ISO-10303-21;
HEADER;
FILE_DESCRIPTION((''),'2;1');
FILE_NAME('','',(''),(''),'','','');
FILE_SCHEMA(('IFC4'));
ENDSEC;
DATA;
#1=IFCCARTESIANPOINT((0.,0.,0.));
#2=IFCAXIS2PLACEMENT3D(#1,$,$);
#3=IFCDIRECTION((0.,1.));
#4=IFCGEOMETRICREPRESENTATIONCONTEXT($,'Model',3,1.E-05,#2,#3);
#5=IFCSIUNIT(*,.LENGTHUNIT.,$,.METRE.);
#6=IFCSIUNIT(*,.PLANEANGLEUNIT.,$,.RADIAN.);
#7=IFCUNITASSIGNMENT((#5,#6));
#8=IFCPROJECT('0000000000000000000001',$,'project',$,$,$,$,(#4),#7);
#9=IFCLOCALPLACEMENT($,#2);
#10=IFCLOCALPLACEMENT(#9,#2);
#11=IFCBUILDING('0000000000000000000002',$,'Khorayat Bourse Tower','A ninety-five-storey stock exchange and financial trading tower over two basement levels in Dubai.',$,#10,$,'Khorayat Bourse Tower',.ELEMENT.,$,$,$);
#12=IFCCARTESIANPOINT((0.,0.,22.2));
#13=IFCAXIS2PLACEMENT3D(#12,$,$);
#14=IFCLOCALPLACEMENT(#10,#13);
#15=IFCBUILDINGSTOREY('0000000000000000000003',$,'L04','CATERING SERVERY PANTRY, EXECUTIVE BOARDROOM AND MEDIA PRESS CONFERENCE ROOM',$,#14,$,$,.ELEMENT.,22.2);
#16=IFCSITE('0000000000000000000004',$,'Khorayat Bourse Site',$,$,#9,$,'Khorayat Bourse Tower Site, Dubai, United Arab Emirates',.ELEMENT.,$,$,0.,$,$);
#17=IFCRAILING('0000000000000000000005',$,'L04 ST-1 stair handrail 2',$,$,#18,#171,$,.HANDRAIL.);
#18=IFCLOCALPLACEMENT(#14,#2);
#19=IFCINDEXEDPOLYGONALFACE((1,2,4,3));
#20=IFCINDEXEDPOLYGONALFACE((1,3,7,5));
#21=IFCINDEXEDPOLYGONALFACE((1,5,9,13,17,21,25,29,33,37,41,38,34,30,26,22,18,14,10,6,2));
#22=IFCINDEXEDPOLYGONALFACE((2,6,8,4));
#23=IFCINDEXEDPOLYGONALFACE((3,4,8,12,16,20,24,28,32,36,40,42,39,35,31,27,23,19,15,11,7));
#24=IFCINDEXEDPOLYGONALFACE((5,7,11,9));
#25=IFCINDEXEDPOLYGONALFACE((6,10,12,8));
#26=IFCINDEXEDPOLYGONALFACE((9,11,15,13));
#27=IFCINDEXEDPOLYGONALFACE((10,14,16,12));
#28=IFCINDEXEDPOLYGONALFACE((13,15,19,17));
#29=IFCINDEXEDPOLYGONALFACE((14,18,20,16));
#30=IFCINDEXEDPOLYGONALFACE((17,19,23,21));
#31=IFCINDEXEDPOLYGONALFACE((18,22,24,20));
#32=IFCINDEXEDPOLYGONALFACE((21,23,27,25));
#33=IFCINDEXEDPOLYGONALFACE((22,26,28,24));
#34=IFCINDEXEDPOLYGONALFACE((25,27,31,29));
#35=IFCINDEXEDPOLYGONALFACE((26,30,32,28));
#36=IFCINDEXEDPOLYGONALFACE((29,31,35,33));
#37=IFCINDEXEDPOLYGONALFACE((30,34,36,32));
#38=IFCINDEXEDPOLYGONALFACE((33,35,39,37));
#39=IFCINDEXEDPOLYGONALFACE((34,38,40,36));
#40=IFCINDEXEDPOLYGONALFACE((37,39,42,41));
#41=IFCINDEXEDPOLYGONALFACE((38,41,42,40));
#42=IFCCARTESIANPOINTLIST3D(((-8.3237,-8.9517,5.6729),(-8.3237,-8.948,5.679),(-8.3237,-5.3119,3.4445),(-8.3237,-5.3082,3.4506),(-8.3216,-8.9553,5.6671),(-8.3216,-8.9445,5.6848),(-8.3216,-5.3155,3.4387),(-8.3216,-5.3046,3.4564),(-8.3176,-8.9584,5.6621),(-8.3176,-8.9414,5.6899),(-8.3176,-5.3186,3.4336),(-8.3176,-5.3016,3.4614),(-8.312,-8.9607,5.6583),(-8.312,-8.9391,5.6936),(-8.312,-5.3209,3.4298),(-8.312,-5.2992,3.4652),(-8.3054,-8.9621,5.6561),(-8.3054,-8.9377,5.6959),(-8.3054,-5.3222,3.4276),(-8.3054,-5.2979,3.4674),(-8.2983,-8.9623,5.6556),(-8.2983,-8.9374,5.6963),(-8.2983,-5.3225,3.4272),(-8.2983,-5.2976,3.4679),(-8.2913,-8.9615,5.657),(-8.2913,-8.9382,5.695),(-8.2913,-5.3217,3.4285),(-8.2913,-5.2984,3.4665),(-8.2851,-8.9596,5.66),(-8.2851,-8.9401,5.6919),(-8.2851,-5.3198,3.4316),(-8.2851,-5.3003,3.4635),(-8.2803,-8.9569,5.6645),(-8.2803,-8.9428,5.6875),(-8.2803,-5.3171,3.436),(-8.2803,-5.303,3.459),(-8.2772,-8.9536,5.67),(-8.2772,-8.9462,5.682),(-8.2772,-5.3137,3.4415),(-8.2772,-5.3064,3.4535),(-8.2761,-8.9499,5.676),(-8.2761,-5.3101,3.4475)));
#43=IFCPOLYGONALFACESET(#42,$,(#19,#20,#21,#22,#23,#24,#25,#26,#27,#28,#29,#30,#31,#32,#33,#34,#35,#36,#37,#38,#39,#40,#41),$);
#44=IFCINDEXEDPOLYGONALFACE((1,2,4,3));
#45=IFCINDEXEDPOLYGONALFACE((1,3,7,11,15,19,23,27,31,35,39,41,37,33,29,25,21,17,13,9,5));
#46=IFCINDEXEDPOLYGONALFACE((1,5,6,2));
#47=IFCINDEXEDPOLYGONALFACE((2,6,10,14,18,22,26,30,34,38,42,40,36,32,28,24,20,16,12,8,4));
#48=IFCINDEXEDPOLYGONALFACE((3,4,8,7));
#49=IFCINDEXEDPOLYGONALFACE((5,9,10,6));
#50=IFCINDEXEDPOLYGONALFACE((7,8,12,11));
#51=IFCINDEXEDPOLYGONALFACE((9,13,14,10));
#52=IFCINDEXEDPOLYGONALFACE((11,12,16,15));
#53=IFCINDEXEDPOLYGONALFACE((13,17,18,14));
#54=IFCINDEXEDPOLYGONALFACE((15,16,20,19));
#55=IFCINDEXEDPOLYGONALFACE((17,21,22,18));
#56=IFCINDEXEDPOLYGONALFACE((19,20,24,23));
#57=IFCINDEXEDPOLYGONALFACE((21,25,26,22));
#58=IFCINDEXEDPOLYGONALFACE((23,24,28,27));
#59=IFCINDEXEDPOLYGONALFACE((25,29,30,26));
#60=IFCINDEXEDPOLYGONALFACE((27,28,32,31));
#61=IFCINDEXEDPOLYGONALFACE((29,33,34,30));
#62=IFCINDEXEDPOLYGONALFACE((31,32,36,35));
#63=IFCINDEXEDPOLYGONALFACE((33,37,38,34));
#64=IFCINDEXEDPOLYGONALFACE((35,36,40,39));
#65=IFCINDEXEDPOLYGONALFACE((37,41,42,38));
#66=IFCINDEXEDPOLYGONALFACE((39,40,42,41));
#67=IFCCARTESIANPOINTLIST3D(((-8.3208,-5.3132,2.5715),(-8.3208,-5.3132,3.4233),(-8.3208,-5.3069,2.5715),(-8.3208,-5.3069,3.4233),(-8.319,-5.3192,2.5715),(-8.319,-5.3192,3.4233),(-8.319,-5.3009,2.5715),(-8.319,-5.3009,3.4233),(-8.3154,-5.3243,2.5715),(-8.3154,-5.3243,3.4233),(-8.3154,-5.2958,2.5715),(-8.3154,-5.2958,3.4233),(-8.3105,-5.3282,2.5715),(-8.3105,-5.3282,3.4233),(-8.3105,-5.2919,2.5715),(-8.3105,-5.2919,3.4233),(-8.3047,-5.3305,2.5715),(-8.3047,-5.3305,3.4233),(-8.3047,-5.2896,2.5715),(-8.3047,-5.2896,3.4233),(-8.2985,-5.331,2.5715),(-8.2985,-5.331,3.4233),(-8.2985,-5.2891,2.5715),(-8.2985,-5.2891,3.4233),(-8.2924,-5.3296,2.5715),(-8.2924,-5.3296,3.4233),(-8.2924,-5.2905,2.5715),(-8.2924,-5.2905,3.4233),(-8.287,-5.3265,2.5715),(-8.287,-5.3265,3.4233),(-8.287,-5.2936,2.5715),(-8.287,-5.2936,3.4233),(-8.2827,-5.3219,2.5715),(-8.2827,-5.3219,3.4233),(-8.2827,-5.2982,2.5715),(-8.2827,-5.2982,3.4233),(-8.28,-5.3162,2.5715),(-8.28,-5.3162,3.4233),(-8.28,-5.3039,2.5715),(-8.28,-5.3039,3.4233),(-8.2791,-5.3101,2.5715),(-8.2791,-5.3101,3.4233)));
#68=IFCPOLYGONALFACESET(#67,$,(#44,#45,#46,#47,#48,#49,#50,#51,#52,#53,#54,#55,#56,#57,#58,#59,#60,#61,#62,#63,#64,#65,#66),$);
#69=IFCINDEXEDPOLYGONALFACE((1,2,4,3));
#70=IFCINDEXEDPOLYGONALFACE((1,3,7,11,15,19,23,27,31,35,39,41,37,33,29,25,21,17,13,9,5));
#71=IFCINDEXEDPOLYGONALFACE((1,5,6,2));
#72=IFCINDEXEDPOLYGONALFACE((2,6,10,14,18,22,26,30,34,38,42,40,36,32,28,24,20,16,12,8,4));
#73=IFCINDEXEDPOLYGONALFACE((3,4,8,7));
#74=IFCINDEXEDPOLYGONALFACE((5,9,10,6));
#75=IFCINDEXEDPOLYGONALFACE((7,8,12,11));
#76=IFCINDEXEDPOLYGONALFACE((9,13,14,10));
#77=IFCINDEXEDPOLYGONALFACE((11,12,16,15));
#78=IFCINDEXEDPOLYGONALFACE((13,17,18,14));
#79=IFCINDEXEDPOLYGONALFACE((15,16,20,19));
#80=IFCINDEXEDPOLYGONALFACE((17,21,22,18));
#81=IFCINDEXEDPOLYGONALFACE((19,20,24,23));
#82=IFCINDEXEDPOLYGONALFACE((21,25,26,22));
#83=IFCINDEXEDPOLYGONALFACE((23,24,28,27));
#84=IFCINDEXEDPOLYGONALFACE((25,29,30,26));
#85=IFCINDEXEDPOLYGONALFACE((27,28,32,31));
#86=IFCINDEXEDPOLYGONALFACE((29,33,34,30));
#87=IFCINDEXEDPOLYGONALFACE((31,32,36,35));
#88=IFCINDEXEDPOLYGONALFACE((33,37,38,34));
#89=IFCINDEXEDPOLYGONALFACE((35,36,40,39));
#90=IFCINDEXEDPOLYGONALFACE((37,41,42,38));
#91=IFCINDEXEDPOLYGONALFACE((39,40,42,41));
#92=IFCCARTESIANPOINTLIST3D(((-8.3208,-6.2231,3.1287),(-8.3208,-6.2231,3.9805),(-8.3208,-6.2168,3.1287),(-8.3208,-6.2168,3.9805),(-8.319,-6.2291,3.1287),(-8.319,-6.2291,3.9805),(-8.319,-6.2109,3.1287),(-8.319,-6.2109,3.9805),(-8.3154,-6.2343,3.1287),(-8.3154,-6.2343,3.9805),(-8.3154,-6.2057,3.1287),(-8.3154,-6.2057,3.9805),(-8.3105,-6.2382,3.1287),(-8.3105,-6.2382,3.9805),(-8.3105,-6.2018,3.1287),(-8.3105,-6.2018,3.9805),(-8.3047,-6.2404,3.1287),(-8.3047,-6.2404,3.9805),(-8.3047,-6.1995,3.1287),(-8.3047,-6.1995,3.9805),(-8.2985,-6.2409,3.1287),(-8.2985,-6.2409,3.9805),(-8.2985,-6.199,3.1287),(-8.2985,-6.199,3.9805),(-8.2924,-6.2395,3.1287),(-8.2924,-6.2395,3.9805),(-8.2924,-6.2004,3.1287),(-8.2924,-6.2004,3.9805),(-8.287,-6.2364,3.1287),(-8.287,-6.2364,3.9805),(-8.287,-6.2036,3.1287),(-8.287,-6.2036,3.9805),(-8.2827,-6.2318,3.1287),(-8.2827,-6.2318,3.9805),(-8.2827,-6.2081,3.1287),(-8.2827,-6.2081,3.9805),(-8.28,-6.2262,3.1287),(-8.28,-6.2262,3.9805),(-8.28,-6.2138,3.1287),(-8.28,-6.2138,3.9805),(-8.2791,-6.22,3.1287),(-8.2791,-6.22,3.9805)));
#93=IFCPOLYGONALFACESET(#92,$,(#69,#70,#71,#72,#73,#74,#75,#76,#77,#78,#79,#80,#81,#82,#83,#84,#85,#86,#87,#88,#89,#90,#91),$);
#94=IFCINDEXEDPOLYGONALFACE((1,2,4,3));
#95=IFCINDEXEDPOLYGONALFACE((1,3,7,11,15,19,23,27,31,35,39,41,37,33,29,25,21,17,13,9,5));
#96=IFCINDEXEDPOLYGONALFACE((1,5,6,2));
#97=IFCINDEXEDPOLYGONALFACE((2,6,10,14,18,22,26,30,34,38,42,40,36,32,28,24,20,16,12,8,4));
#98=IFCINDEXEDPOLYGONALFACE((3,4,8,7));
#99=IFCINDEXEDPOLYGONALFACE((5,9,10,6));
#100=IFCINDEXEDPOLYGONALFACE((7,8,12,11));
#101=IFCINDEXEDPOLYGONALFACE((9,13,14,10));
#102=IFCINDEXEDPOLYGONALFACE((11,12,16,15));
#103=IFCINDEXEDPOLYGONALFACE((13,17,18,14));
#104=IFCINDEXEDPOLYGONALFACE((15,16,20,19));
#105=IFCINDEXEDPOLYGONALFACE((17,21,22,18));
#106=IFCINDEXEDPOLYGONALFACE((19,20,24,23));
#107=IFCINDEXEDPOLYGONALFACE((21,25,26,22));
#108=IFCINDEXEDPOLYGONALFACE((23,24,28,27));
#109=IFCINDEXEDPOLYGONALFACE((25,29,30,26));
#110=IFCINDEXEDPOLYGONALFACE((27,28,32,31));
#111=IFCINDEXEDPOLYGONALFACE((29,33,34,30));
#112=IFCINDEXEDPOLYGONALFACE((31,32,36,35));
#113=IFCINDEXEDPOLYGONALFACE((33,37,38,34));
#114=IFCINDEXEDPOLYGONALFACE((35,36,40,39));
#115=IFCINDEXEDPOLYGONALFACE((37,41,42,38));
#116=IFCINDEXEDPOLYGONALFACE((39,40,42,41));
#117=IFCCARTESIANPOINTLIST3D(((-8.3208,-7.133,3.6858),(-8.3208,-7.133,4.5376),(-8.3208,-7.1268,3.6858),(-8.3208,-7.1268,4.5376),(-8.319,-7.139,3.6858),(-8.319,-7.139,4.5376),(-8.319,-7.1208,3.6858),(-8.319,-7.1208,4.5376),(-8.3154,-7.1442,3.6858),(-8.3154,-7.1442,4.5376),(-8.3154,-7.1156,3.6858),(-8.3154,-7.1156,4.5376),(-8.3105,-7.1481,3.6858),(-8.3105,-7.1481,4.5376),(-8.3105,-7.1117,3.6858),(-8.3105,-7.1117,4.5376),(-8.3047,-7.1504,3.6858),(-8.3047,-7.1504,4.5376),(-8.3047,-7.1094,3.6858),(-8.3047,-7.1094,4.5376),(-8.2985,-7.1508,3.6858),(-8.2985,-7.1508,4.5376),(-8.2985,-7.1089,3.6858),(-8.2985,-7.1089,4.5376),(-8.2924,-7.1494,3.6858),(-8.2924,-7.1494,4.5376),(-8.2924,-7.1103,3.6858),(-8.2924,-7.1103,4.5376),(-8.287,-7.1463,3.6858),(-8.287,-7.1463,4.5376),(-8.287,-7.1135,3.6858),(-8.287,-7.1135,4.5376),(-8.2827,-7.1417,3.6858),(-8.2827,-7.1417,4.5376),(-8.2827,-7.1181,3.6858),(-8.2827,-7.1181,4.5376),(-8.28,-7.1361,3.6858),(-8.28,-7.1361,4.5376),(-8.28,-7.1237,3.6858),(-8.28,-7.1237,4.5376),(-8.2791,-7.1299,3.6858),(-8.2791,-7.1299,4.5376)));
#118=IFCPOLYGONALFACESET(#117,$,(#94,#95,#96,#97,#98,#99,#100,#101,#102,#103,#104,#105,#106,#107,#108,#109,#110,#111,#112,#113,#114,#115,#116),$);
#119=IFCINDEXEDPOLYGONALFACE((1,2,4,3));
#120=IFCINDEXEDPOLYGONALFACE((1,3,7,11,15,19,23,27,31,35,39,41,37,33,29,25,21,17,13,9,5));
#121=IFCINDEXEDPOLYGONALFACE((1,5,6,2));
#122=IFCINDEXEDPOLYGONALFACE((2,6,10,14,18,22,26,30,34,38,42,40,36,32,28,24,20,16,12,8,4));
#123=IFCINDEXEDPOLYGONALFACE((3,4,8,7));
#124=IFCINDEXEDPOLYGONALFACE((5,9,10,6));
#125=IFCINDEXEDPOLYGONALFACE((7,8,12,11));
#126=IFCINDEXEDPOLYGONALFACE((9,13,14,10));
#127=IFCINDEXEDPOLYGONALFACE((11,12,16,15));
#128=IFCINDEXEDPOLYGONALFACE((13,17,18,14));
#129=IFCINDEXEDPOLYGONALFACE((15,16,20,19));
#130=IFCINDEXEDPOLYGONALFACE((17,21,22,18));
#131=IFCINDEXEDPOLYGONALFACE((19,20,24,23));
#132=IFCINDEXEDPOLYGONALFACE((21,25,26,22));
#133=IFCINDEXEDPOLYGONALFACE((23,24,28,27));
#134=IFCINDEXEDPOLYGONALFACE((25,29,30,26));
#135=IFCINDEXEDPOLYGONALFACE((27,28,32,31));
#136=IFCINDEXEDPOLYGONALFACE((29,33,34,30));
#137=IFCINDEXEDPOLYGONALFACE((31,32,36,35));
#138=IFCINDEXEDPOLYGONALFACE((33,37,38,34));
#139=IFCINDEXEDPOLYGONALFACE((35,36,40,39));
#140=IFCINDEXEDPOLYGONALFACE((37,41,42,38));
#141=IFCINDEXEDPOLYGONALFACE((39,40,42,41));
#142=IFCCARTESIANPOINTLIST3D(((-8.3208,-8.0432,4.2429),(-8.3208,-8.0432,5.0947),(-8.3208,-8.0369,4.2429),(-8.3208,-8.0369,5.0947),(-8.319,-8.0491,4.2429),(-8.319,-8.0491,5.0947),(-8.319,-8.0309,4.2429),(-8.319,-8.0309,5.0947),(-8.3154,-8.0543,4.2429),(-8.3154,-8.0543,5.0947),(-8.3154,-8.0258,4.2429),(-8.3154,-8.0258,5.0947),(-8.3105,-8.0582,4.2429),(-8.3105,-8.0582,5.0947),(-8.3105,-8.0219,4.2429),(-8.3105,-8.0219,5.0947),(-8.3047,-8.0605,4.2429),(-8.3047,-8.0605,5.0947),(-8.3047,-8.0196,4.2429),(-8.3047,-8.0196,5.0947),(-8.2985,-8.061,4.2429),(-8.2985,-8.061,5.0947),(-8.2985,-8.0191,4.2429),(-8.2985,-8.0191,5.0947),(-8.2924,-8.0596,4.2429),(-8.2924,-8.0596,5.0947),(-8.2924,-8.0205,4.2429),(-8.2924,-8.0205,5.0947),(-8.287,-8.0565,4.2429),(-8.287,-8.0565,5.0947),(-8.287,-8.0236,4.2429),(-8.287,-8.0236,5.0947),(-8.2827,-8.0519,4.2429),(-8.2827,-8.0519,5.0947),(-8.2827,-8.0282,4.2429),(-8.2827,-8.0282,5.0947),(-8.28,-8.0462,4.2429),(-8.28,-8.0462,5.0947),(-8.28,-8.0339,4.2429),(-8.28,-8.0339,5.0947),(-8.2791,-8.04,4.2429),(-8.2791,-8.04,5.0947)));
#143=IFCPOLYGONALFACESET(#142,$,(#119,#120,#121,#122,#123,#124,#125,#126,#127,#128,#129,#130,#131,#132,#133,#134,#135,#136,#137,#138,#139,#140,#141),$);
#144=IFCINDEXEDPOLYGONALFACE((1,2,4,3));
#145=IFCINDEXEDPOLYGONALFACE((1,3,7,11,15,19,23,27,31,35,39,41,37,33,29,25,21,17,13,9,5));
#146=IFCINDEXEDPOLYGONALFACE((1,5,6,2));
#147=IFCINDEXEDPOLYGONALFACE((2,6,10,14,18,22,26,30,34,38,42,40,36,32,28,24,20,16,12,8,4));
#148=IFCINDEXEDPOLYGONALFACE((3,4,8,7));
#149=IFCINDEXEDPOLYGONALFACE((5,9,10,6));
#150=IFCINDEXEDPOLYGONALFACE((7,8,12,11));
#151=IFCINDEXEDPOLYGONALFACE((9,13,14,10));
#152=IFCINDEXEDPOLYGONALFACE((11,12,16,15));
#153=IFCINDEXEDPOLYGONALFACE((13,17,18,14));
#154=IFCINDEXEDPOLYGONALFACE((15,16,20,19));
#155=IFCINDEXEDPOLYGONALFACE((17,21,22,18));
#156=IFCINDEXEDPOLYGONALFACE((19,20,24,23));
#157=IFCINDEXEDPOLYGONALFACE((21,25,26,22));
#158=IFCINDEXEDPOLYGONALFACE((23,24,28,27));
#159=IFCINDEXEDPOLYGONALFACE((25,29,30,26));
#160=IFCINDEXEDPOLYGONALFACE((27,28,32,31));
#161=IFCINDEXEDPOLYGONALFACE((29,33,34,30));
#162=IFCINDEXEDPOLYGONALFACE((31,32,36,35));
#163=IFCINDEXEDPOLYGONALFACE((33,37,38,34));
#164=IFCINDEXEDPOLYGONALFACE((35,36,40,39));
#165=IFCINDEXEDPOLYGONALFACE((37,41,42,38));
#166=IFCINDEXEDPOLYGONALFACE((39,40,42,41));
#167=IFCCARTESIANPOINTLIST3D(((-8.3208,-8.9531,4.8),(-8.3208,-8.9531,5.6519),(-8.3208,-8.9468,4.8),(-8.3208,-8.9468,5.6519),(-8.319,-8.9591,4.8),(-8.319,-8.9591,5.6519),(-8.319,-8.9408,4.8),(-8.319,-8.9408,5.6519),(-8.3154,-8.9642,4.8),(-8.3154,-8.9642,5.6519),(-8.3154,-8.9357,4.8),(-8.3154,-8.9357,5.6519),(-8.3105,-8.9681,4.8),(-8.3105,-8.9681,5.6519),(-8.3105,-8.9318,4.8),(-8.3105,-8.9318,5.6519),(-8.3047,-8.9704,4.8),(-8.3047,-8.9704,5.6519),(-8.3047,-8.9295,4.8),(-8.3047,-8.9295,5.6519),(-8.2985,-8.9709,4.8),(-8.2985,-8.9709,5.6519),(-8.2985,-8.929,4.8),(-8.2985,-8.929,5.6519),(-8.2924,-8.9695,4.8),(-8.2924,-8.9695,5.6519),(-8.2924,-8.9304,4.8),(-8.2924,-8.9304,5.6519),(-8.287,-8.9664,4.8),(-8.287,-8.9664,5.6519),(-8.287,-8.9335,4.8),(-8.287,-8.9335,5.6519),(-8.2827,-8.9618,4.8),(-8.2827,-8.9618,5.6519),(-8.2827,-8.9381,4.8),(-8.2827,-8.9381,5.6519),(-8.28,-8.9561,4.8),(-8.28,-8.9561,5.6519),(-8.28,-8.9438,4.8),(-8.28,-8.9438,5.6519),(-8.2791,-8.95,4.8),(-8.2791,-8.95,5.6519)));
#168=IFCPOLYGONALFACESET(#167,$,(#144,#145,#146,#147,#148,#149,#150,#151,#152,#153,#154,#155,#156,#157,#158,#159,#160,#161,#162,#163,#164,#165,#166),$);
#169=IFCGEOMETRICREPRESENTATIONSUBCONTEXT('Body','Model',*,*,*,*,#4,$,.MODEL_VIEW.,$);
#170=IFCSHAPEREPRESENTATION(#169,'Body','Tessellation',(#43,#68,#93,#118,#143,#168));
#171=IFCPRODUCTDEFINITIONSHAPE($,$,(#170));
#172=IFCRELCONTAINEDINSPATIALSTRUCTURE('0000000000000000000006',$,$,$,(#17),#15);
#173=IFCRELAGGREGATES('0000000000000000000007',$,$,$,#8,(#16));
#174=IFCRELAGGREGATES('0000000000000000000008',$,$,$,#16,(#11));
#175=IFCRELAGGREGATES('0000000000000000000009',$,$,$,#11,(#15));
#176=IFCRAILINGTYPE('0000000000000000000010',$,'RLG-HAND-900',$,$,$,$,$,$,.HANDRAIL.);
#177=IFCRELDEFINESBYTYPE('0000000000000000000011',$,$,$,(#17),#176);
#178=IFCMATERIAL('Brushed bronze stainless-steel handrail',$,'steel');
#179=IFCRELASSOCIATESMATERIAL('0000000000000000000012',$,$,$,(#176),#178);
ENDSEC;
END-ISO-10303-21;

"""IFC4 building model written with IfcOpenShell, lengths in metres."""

from ifc_helpers import new_model, si_unit, direction, frame, origin, origin_2d, place, context, subcontext, project, spatial, circle, extrude, source, transform, mapped, material, type_object, element, save


model = new_model("IFC4")

# Units and contexts
model_context = context("Model", 3, precision=1e-05, world=origin(), true_north=direction((0.0, 1.0)))
body_context = subcontext(model_context, "Body", "Model", "MODEL_VIEW")
ifc_project = project(units=[si_unit("LENGTHUNIT", "METRE"), si_unit("PLANEANGLEUNIT", "RADIAN")], contexts=[model_context])

# Site, building, storey
site_placement = place(None, origin())
site = spatial("IfcSite", under=ifc_project, at=site_placement, Name="Khorayat Bourse Site", LongName="Khorayat Bourse Tower Site, Dubai, United Arab Emirates", CompositionType="ELEMENT", RefElevation=0.0)
building_placement = place(site_placement, origin())
building = spatial("IfcBuilding", under=site, at=building_placement, Name="Khorayat Bourse Tower", Description="A ninety-five-storey stock exchange and financial trading tower over two basement levels in Dubai.", LongName="Khorayat Bourse Tower", CompositionType="ELEMENT")
storey_placement = place(building_placement, frame((0.0, 0.0, 22.2)))
storey = spatial("IfcBuildingStorey", under=building, at=storey_placement, Name="L04", Description="CATERING SERVERY PANTRY, EXECUTIVE BOARDROOM AND MEDIA PRESS CONFERENCE ROOM", CompositionType="ELEMENT", Elevation=22.2)

# Railing
ifc_material_1 = material(Name="Brushed bronze stainless-steel handrail", Category="steel")
railing_type_1 = type_object("IfcRailingType", Name="RLG-HAND-900", PredefinedType="HANDRAIL", material=ifc_material_1)
shared_shape_1 = source(origin(), body_context, "Body", "SweptSolid", [
    extrude(circle(Radius=0.0239, at=origin_2d()), frame((0.0, 0.0, 0.876), z_axis=(0.0, -0.85285, 0.522156), x_axis=(1.0, 0.0, 0.0)), (0.0, 0.0, 1.0), 4.2678),
    extrude(circle(Radius=0.021, at=origin_2d()), origin(), (0.0, 0.0, 1.0), 0.8518),
    extrude(circle(Radius=0.021, at=origin_2d()), frame((0.0, -0.9099, 0.5571)), (0.0, 0.0, 1.0), 0.8518),
    extrude(circle(Radius=0.021, at=origin_2d()), frame((0.0, -1.8198, 1.1143)), (0.0, 0.0, 1.0), 0.8518),
    extrude(circle(Radius=0.021, at=origin_2d()), frame((0.0, -2.73, 1.6714)), (0.0, 0.0, 1.0), 0.8518),
    extrude(circle(Radius=0.021, at=origin_2d()), frame((0.0, -3.6399, 2.2285)), (0.0, 0.0, 1.0), 0.8518),
])
railing_1_placement = place(storey_placement, frame((-8.3, -5.3101, 2.5715)))
element("IfcRailing", 1, at=railing_1_placement, inside=storey, type_object=railing_type_1, Name="L04 ST-1 stair handrail 2", PredefinedType="HANDRAIL", context=body_context, shape_type="MappedRepresentation", body=[
    mapped(shared_shape_1, transform((0.0, 0.0, 0.0), scale=1.0)),
])

save(model, "model.ifc")
